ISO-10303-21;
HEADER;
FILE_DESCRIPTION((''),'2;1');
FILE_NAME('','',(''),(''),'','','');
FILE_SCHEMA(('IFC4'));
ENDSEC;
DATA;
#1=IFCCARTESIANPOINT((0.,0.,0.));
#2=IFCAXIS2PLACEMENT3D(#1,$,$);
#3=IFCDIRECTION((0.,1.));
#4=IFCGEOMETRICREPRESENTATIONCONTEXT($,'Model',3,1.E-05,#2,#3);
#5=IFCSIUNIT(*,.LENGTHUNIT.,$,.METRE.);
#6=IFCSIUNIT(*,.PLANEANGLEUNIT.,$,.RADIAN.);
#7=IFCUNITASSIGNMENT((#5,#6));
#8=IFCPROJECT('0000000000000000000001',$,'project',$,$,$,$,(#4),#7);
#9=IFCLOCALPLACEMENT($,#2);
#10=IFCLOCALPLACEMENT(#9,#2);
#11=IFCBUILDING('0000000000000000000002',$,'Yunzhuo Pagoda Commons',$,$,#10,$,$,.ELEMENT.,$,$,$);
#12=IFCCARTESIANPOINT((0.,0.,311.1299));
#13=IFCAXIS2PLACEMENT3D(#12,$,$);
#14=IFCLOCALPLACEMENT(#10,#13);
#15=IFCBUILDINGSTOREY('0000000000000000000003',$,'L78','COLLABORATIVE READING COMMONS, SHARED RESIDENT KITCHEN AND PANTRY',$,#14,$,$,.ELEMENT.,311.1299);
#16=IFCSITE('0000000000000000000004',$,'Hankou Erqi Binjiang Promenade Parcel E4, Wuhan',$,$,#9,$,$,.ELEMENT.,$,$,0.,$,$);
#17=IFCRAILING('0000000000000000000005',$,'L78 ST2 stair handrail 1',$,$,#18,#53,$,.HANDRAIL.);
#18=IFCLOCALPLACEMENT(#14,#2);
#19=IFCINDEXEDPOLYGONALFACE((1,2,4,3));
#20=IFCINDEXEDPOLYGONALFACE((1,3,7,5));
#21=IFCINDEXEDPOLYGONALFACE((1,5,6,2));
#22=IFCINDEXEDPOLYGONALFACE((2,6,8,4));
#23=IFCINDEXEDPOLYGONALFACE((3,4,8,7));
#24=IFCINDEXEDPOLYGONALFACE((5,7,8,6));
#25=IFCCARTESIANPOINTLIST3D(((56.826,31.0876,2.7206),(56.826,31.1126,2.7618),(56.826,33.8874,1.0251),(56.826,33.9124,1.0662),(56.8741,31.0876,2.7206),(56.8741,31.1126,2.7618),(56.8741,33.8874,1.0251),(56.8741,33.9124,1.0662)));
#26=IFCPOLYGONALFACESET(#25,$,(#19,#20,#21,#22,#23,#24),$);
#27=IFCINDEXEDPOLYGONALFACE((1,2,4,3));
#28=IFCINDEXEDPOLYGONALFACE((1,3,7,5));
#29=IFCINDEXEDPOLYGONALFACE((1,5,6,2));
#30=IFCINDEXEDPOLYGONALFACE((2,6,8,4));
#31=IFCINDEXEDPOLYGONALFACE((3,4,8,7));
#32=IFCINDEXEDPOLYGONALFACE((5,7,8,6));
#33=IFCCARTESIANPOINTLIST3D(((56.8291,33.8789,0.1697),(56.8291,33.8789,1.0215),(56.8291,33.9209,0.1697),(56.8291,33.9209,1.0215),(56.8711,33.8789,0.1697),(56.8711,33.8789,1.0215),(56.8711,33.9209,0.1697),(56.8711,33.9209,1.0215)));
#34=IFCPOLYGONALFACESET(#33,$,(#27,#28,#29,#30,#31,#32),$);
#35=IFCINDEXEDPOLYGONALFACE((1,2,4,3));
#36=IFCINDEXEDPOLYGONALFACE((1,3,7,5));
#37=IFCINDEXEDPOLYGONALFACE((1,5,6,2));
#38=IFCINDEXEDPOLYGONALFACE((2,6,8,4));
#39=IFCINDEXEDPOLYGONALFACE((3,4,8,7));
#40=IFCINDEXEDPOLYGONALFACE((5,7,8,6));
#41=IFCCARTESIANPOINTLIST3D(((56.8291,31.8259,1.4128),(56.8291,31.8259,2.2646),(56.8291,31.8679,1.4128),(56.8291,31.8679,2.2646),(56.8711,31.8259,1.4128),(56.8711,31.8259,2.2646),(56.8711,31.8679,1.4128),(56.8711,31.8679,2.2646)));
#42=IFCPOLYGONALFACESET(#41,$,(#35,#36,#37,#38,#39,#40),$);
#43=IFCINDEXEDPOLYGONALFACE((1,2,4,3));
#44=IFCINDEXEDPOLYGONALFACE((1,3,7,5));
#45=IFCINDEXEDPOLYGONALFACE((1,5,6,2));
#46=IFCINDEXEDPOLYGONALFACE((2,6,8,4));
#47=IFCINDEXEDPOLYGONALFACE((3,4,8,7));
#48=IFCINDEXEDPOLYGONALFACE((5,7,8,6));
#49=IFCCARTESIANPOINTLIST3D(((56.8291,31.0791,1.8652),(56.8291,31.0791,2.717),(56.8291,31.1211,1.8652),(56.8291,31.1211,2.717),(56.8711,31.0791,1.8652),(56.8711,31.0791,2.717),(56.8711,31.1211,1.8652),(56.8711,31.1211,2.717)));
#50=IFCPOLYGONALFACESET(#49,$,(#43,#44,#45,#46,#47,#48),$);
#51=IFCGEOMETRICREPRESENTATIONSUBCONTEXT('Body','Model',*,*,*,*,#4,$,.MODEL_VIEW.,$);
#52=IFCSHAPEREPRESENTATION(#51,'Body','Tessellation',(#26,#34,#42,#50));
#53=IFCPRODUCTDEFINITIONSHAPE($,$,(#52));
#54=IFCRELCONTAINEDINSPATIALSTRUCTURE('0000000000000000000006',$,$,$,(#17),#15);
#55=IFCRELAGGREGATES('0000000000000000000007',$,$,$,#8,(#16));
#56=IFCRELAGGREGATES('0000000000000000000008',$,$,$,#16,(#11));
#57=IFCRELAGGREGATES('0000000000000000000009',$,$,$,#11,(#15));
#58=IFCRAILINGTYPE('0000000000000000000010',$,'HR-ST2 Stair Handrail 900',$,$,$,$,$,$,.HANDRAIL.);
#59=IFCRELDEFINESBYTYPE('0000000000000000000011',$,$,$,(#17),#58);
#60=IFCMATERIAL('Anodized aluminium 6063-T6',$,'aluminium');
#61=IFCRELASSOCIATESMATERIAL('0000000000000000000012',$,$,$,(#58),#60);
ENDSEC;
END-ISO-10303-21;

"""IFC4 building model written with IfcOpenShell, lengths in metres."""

from ifc_helpers import new_model, si_unit, direction, frame, origin, origin_2d, place, context, subcontext, project, spatial, rectangle, extrude, material, type_object, element, save


model = new_model("IFC4")

# Units and contexts
model_context = context("Model", 3, precision=1e-05, world=origin(), true_north=direction((0.0, 1.0)))
body_context = subcontext(model_context, "Body", "Model", "MODEL_VIEW")
ifc_project = project(units=[si_unit("LENGTHUNIT", "METRE"), si_unit("PLANEANGLEUNIT", "RADIAN")], contexts=[model_context])

# Site, building, storey
site_placement = place(None, origin())
site = spatial("IfcSite", under=ifc_project, at=site_placement, Name="Hankou Erqi Binjiang Promenade Parcel E4, Wuhan", CompositionType="ELEMENT", RefElevation=0.0)
building_placement = place(site_placement, origin())
building = spatial("IfcBuilding", under=site, at=building_placement, Name="Yunzhuo Pagoda Commons", CompositionType="ELEMENT")
storey_placement = place(building_placement, frame((0.0, 0.0, 311.1299)))
storey = spatial("IfcBuildingStorey", under=building, at=storey_placement, Name="L78", Description="COLLABORATIVE READING COMMONS, SHARED RESIDENT KITCHEN AND PANTRY", CompositionType="ELEMENT", Elevation=311.1299)

# Railing
ifc_material_1 = material(Name="Anodized aluminium 6063-T6", Category="aluminium")
railing_type_1 = type_object("IfcRailingType", Name="HR-ST2 Stair Handrail 900", PredefinedType="HANDRAIL", material=ifc_material_1)
railing_1_placement = place(storey_placement, frame((56.8501, 33.8999, 0.1697)))
element("IfcRailing", 1, at=railing_1_placement, inside=storey, type_object=railing_type_1, Name="L78 ST2 stair handrail 1", PredefinedType="HANDRAIL", context=body_context, shape_type="SweptSolid", body=[
    extrude(rectangle(XDim=0.0481, YDim=0.0481, at=origin_2d()), frame((0.0, 0.0, 0.876), z_axis=(0.0, -0.855373, 0.518012), x_axis=(1.0, 0.0, 0.0)), (0.0, 0.0, 1.0), 3.2732),
    extrude(rectangle(XDim=0.042, YDim=0.042, at=origin_2d()), origin(), (0.0, 0.0, 1.0), 0.8518),
    extrude(rectangle(XDim=0.042, YDim=0.042, at=origin_2d()), frame((0.0, -2.053, 1.2432)), (0.0, 0.0, 1.0), 0.8518),
    extrude(rectangle(XDim=0.042, YDim=0.042, at=origin_2d()), frame((0.0, -2.7998, 1.6956)), (0.0, 0.0, 1.0), 0.8518),
])

save(model, "model.ifc")
